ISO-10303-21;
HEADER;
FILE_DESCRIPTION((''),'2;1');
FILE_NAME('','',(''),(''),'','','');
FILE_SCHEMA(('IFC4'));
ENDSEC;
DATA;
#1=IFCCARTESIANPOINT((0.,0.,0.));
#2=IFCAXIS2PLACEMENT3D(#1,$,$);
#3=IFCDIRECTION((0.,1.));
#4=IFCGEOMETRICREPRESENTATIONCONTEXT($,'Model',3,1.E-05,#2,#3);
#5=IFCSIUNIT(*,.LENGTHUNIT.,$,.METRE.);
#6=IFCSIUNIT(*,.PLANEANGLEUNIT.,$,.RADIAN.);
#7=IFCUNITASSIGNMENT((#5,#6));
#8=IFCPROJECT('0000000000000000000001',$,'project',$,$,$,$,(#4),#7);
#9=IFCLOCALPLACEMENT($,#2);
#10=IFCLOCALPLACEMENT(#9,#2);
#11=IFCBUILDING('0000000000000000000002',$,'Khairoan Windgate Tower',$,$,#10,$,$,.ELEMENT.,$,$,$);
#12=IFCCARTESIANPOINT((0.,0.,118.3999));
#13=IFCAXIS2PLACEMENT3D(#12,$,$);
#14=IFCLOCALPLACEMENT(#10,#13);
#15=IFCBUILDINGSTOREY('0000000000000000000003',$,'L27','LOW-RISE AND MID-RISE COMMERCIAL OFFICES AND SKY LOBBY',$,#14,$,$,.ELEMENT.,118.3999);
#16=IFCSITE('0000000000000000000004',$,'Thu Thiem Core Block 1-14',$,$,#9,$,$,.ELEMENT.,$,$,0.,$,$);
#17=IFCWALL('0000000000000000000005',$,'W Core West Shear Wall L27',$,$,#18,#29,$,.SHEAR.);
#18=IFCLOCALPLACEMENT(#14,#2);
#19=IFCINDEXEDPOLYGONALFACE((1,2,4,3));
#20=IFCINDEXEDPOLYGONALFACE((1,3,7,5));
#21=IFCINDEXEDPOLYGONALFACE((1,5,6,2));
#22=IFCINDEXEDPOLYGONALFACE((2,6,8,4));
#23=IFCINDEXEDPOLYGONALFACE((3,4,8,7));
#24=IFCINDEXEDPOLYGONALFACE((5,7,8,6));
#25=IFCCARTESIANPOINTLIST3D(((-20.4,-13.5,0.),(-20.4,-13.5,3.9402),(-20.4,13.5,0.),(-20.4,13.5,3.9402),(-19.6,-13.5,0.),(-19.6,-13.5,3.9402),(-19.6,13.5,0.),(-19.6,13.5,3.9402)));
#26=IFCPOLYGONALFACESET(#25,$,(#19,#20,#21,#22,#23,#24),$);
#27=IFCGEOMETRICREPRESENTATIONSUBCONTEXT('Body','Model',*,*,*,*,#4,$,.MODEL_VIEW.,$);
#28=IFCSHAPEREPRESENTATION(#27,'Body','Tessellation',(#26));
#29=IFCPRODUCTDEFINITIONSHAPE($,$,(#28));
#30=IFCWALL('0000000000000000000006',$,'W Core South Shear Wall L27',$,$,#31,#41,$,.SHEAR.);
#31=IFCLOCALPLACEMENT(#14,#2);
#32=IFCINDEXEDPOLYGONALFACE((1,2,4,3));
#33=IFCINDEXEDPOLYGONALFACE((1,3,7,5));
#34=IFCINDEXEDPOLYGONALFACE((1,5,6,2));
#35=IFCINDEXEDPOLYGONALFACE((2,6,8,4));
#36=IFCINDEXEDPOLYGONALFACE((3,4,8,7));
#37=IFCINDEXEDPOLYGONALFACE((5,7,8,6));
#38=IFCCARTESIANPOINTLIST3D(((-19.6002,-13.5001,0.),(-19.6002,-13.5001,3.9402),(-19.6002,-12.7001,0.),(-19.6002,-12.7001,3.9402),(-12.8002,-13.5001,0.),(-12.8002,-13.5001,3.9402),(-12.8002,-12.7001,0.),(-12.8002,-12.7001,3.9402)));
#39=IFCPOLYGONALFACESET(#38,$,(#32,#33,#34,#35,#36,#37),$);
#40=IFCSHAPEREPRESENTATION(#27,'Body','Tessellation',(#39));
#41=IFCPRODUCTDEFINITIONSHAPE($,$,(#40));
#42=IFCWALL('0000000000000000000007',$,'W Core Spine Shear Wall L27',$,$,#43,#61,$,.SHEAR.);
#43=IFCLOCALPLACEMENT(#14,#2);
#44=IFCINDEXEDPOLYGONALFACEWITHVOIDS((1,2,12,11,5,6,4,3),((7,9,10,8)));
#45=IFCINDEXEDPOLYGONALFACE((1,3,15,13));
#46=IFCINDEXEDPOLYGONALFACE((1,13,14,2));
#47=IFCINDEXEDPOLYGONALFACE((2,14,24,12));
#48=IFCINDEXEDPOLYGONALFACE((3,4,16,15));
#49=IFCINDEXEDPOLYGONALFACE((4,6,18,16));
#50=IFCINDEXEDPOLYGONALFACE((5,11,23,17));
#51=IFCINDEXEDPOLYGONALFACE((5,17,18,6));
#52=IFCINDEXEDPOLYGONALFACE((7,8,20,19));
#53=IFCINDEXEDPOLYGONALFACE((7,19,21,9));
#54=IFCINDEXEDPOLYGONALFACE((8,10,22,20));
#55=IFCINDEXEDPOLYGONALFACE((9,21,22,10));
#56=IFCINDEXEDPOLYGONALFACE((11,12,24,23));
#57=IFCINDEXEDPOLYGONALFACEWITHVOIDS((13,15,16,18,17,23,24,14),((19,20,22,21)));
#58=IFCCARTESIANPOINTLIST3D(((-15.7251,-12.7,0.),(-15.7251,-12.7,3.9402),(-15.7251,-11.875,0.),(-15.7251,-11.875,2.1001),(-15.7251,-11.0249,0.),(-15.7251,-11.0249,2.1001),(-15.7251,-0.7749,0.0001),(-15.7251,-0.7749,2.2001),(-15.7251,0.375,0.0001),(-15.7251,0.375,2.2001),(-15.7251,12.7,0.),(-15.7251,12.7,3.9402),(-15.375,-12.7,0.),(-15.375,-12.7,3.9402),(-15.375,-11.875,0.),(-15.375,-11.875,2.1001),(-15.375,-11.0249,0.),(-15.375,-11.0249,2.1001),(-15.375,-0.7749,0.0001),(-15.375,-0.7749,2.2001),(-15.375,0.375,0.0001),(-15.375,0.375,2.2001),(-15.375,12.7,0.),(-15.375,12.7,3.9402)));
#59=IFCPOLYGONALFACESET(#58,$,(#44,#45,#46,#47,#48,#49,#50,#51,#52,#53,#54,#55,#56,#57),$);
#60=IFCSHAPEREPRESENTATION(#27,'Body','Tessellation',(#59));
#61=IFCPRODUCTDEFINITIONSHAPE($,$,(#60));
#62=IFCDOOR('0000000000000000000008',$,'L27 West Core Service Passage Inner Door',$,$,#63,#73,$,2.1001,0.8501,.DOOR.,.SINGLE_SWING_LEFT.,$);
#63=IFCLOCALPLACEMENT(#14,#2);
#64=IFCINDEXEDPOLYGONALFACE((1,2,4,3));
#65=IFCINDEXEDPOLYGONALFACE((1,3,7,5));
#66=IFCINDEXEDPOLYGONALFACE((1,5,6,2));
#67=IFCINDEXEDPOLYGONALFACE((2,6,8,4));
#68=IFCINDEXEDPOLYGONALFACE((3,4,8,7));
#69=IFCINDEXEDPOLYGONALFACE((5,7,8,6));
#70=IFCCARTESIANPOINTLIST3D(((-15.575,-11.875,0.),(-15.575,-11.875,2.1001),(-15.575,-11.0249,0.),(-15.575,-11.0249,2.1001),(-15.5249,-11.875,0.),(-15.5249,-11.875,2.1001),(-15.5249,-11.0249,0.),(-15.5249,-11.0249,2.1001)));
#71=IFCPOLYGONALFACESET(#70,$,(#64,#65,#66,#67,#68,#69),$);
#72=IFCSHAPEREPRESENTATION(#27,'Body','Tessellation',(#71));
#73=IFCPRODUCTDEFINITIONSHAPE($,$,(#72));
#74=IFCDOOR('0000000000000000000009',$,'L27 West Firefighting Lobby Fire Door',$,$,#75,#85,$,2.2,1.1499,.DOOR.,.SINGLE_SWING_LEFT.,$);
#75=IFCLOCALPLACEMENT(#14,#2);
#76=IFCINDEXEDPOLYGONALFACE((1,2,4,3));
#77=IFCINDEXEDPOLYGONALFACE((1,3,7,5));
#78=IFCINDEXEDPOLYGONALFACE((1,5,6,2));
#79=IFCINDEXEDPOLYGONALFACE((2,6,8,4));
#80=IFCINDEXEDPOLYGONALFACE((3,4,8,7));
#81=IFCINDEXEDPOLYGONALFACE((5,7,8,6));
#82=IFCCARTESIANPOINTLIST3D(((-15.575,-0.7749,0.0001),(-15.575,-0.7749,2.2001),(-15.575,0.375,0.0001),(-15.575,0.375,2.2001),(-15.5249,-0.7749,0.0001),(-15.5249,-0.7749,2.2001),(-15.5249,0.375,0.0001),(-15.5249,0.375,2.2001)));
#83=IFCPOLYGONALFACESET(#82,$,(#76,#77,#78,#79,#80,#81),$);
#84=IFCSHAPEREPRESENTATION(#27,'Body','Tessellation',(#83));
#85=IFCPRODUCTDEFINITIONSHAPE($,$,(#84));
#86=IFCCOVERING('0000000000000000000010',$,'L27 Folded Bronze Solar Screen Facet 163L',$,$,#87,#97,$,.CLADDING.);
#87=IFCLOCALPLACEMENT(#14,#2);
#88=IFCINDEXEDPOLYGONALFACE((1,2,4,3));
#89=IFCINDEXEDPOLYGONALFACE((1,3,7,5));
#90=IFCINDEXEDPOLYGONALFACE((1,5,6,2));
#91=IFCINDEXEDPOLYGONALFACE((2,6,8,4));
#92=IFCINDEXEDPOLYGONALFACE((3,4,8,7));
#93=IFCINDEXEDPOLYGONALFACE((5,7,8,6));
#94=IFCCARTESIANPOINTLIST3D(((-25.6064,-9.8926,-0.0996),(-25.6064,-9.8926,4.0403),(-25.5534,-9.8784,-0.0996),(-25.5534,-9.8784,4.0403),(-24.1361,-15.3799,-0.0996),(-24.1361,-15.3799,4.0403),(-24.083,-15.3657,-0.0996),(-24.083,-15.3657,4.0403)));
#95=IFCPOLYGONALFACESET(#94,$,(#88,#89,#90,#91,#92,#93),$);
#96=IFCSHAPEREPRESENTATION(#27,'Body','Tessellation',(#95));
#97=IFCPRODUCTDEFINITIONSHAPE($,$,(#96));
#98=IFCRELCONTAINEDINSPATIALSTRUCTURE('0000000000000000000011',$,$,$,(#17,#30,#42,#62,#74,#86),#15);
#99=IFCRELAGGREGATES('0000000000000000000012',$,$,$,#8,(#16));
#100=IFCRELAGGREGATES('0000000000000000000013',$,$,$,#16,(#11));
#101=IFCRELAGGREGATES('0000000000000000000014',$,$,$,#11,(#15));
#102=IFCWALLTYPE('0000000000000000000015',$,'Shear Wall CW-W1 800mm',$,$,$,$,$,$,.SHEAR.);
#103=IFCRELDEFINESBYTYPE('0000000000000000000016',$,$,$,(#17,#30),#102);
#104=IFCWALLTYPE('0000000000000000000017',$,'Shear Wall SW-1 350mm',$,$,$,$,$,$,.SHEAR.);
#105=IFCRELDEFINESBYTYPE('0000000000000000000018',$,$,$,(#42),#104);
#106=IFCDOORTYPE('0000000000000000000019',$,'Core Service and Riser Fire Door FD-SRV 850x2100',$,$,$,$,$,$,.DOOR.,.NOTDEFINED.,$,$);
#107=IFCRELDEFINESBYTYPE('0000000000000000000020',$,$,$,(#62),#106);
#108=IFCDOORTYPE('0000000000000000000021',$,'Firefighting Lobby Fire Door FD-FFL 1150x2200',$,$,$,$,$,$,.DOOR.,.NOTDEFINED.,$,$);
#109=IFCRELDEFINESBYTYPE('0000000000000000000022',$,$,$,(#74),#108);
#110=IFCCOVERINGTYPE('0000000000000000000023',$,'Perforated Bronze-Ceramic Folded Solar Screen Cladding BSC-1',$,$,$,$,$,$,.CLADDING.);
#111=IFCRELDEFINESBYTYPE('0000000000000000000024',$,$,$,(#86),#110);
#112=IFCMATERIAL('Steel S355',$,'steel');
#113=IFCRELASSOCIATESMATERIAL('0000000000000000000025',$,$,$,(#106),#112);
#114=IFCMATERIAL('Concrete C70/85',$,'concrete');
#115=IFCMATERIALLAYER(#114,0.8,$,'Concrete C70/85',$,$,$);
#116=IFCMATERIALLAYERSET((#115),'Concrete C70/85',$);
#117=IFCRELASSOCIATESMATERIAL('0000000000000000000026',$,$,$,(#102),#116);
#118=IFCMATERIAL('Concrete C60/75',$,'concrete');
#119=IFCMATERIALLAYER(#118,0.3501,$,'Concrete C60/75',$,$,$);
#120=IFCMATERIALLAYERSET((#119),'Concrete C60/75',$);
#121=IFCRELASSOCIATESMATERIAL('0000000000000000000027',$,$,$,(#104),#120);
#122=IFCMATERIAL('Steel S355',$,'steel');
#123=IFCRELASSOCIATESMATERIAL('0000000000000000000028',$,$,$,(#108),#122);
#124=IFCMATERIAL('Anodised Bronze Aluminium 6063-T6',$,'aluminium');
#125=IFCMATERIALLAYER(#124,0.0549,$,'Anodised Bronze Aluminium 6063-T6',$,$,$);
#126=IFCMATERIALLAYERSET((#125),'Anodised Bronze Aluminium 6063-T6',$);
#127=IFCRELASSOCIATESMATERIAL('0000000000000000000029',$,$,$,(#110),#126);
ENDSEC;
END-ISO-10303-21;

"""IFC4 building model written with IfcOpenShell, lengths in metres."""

from ifc_helpers import new_model, si_unit, direction, frame, frame_2d, origin, origin_2d, place, context, subcontext, project, spatial, rectangle, extrude, material, layer, layer_set, type_object, element, fill, save


model = new_model("IFC4")

# Units and contexts
model_context = context("Model", 3, precision=1e-05, world=origin(), true_north=direction((0.0, 1.0)))
body_context = subcontext(model_context, "Body", "Model", "MODEL_VIEW")
ifc_project = project(units=[si_unit("LENGTHUNIT", "METRE"), si_unit("PLANEANGLEUNIT", "RADIAN")], contexts=[model_context])

# Site, building, storey
site_placement = place(None, origin())
site = spatial("IfcSite", under=ifc_project, at=site_placement, Name="Thu Thiem Core Block 1-14", CompositionType="ELEMENT", RefElevation=0.0)
building_placement = place(site_placement, origin())
building = spatial("IfcBuilding", under=site, at=building_placement, Name="Khairoan Windgate Tower", CompositionType="ELEMENT")
storey_placement = place(building_placement, frame((0.0, 0.0, 118.3999)))
storey = spatial("IfcBuildingStorey", under=building, at=storey_placement, Name="L27", Description="LOW-RISE AND MID-RISE COMMERCIAL OFFICES AND SKY LOBBY", CompositionType="ELEMENT", Elevation=118.3999)

# Shared definitions
ifc_material_1 = material(Name="Steel S355", Category="steel")
door_type_1 = type_object("IfcDoorType", Name="Core Service and Riser Fire Door FD-SRV 850x2100", OperationType="NOTDEFINED", PredefinedType="DOOR", material=ifc_material_1)

# Walls
ifc_material_2 = material(Name="Concrete C70/85", Category="concrete")
ifc_layer_1 = layer(ifc_material_2, 0.8, Name="Concrete C70/85")
ifc_layer_set_1 = layer_set([ifc_layer_1], Name="Concrete C70/85")
wall_type_1 = type_object("IfcWallType", Name="Shear Wall CW-W1 800mm", PredefinedType="SHEAR", material=ifc_layer_set_1)
wall_1_placement = place(storey_placement, frame((-20.0, -13.5, 0.0), z_axis=(0.0, 0.0, 1.0), x_axis=(0.0, 1.0, 0.0)))
element("IfcWall", 1, at=wall_1_placement, inside=storey, type_object=wall_type_1, Name="W Core West Shear Wall L27", PredefinedType="SHEAR", context=body_context, shape_type="SweptSolid", body=[
    extrude(rectangle(XDim=27.0, YDim=0.8, at=frame_2d((13.5, 0.0))), origin(), (0.0, 0.0, 1.0), 3.9402),
])
wall_2_placement = place(storey_placement, frame((-19.6001, -13.1001, 0.0), z_axis=(0.0, 0.0, 1.0), x_axis=(1.0, 0.0, 0.0)))
element("IfcWall", 2, at=wall_2_placement, inside=storey, type_object=wall_type_1, Name="W Core South Shear Wall L27", PredefinedType="SHEAR", context=body_context, shape_type="SweptSolid", body=[
    extrude(rectangle(XDim=6.8, YDim=0.8, at=frame_2d((3.3999, 0.0))), origin(), (0.0, 0.0, 1.0), 3.9402),
])

# Wall, openings, doors
ifc_material_3 = material(Name="Concrete C60/75", Category="concrete")
ifc_layer_2 = layer(ifc_material_3, 0.3501, Name="Concrete C60/75")
ifc_layer_set_2 = layer_set([ifc_layer_2], Name="Concrete C60/75")
wall_type_2 = type_object("IfcWallType", Name="Shear Wall SW-1 350mm", PredefinedType="SHEAR", material=ifc_layer_set_2)
wall_3_placement = place(storey_placement, frame((-15.55, -12.7, 0.0), z_axis=(0.0, 0.0, 1.0), x_axis=(0.0, 1.0, 0.0)))
wall_3 = element("IfcWall", 3, at=wall_3_placement, inside=storey, type_object=wall_type_2, Name="W Core Spine Shear Wall L27", PredefinedType="SHEAR", context=body_context, shape_type="SweptSolid", body=[
    extrude(rectangle(XDim=25.3999, YDim=0.3501, at=frame_2d((12.7, 0.0))), origin(), (0.0, 0.0, 1.0), 3.9402),
])
opening_1_placement = place(wall_3_placement, frame((11.925, 0.0, 0.0)))
opening_1 = element("IfcOpeningElement", 4, at=opening_1_placement, cuts=wall_3, PredefinedType="OPENING", context=body_context, shape_type="SweptSolid", body=[
    extrude(rectangle(XDim=1.1499, YDim=2.2, at=frame_2d((0.575, 1.1001))), frame((0.0, 0.1851, 0.0), z_axis=(0.0, -1.0, 0.0), x_axis=(1.0, 0.0, 0.0)), (0.0, 0.0, 1.0), 0.3701),
])
opening_2_placement = place(wall_3_placement, frame((0.825, 0.0, 0.0)))
opening_2 = element("IfcOpeningElement", 5, at=opening_2_placement, cuts=wall_3, PredefinedType="OPENING", context=body_context, shape_type="SweptSolid", body=[
    extrude(rectangle(XDim=0.8501, YDim=2.1001, at=frame_2d((0.425, 1.05))), frame((0.0, 0.1851, 0.0), z_axis=(0.0, -1.0, 0.0), x_axis=(1.0, 0.0, 0.0)), (0.0, 0.0, 1.0), 0.3701),
])
door_1_placement = place(opening_2_placement, origin())
door_1 = element("IfcDoor", 6, at=door_1_placement, inside=storey, type_object=door_type_1, Name="L27 West Core Service Passage Inner Door", OperationType="SINGLE_SWING_LEFT", OverallHeight=2.1001, OverallWidth=0.8501, PredefinedType="DOOR", context=body_context, shape_type="SweptSolid", body=[
    extrude(rectangle(XDim=0.8501, YDim=2.1001, at=frame_2d((0.425, 1.05))), frame((0.0, 0.0249, 0.0), z_axis=(0.0, -1.0, 0.0), x_axis=(1.0, 0.0, 0.0)), (0.0, 0.0, 1.0), 0.05),
])
fill(opening_2, door_1)
ifc_material_4 = material(Name="Steel S355", Category="steel")
door_type_2 = type_object("IfcDoorType", Name="Firefighting Lobby Fire Door FD-FFL 1150x2200", OperationType="NOTDEFINED", PredefinedType="DOOR", material=ifc_material_4)
door_2_placement = place(opening_1_placement, origin())
door_2 = element("IfcDoor", 7, at=door_2_placement, inside=storey, type_object=door_type_2, Name="L27 West Firefighting Lobby Fire Door", OperationType="SINGLE_SWING_LEFT", OverallHeight=2.2, OverallWidth=1.1499, PredefinedType="DOOR", context=body_context, shape_type="SweptSolid", body=[
    extrude(rectangle(XDim=1.1499, YDim=2.2, at=frame_2d((0.575, 1.1001))), frame((0.0, 0.0249, 0.0), z_axis=(0.0, -1.0, 0.0), x_axis=(1.0, 0.0, 0.0)), (0.0, 0.0, 1.0), 0.05),
])
fill(opening_1, door_2)

# Covering
ifc_material_5 = material(Name="Anodised Bronze Aluminium 6063-T6", Category="aluminium")
ifc_layer_3 = layer(ifc_material_5, 0.0549, Name="Anodised Bronze Aluminium 6063-T6")
ifc_layer_set_3 = layer_set([ifc_layer_3], Name="Anodised Bronze Aluminium 6063-T6")
covering_type = type_object("IfcCoveringType", Name="Perforated Bronze-Ceramic Folded Solar Screen Cladding BSC-1", PredefinedType="CLADDING", material=ifc_layer_set_3)
covering_placement = place(storey_placement, frame((-24.8447, -12.6292, -0.0996), z_axis=(0.0, 0.0, 1.0), x_axis=(-0.258819, 0.965926, 0.0)))
element("IfcCovering", 8, at=covering_placement, inside=storey, type_object=covering_type, Name="L27 Folded Bronze Solar Screen Facet 163L", PredefinedType="CLADDING", context=body_context, shape_type="SweptSolid", body=[
    extrude(rectangle(XDim=5.6809, YDim=0.0549, at=origin_2d()), origin(), (0.0, 0.0, 1.0), 4.1399),
])

save(model, "model.ifc")
